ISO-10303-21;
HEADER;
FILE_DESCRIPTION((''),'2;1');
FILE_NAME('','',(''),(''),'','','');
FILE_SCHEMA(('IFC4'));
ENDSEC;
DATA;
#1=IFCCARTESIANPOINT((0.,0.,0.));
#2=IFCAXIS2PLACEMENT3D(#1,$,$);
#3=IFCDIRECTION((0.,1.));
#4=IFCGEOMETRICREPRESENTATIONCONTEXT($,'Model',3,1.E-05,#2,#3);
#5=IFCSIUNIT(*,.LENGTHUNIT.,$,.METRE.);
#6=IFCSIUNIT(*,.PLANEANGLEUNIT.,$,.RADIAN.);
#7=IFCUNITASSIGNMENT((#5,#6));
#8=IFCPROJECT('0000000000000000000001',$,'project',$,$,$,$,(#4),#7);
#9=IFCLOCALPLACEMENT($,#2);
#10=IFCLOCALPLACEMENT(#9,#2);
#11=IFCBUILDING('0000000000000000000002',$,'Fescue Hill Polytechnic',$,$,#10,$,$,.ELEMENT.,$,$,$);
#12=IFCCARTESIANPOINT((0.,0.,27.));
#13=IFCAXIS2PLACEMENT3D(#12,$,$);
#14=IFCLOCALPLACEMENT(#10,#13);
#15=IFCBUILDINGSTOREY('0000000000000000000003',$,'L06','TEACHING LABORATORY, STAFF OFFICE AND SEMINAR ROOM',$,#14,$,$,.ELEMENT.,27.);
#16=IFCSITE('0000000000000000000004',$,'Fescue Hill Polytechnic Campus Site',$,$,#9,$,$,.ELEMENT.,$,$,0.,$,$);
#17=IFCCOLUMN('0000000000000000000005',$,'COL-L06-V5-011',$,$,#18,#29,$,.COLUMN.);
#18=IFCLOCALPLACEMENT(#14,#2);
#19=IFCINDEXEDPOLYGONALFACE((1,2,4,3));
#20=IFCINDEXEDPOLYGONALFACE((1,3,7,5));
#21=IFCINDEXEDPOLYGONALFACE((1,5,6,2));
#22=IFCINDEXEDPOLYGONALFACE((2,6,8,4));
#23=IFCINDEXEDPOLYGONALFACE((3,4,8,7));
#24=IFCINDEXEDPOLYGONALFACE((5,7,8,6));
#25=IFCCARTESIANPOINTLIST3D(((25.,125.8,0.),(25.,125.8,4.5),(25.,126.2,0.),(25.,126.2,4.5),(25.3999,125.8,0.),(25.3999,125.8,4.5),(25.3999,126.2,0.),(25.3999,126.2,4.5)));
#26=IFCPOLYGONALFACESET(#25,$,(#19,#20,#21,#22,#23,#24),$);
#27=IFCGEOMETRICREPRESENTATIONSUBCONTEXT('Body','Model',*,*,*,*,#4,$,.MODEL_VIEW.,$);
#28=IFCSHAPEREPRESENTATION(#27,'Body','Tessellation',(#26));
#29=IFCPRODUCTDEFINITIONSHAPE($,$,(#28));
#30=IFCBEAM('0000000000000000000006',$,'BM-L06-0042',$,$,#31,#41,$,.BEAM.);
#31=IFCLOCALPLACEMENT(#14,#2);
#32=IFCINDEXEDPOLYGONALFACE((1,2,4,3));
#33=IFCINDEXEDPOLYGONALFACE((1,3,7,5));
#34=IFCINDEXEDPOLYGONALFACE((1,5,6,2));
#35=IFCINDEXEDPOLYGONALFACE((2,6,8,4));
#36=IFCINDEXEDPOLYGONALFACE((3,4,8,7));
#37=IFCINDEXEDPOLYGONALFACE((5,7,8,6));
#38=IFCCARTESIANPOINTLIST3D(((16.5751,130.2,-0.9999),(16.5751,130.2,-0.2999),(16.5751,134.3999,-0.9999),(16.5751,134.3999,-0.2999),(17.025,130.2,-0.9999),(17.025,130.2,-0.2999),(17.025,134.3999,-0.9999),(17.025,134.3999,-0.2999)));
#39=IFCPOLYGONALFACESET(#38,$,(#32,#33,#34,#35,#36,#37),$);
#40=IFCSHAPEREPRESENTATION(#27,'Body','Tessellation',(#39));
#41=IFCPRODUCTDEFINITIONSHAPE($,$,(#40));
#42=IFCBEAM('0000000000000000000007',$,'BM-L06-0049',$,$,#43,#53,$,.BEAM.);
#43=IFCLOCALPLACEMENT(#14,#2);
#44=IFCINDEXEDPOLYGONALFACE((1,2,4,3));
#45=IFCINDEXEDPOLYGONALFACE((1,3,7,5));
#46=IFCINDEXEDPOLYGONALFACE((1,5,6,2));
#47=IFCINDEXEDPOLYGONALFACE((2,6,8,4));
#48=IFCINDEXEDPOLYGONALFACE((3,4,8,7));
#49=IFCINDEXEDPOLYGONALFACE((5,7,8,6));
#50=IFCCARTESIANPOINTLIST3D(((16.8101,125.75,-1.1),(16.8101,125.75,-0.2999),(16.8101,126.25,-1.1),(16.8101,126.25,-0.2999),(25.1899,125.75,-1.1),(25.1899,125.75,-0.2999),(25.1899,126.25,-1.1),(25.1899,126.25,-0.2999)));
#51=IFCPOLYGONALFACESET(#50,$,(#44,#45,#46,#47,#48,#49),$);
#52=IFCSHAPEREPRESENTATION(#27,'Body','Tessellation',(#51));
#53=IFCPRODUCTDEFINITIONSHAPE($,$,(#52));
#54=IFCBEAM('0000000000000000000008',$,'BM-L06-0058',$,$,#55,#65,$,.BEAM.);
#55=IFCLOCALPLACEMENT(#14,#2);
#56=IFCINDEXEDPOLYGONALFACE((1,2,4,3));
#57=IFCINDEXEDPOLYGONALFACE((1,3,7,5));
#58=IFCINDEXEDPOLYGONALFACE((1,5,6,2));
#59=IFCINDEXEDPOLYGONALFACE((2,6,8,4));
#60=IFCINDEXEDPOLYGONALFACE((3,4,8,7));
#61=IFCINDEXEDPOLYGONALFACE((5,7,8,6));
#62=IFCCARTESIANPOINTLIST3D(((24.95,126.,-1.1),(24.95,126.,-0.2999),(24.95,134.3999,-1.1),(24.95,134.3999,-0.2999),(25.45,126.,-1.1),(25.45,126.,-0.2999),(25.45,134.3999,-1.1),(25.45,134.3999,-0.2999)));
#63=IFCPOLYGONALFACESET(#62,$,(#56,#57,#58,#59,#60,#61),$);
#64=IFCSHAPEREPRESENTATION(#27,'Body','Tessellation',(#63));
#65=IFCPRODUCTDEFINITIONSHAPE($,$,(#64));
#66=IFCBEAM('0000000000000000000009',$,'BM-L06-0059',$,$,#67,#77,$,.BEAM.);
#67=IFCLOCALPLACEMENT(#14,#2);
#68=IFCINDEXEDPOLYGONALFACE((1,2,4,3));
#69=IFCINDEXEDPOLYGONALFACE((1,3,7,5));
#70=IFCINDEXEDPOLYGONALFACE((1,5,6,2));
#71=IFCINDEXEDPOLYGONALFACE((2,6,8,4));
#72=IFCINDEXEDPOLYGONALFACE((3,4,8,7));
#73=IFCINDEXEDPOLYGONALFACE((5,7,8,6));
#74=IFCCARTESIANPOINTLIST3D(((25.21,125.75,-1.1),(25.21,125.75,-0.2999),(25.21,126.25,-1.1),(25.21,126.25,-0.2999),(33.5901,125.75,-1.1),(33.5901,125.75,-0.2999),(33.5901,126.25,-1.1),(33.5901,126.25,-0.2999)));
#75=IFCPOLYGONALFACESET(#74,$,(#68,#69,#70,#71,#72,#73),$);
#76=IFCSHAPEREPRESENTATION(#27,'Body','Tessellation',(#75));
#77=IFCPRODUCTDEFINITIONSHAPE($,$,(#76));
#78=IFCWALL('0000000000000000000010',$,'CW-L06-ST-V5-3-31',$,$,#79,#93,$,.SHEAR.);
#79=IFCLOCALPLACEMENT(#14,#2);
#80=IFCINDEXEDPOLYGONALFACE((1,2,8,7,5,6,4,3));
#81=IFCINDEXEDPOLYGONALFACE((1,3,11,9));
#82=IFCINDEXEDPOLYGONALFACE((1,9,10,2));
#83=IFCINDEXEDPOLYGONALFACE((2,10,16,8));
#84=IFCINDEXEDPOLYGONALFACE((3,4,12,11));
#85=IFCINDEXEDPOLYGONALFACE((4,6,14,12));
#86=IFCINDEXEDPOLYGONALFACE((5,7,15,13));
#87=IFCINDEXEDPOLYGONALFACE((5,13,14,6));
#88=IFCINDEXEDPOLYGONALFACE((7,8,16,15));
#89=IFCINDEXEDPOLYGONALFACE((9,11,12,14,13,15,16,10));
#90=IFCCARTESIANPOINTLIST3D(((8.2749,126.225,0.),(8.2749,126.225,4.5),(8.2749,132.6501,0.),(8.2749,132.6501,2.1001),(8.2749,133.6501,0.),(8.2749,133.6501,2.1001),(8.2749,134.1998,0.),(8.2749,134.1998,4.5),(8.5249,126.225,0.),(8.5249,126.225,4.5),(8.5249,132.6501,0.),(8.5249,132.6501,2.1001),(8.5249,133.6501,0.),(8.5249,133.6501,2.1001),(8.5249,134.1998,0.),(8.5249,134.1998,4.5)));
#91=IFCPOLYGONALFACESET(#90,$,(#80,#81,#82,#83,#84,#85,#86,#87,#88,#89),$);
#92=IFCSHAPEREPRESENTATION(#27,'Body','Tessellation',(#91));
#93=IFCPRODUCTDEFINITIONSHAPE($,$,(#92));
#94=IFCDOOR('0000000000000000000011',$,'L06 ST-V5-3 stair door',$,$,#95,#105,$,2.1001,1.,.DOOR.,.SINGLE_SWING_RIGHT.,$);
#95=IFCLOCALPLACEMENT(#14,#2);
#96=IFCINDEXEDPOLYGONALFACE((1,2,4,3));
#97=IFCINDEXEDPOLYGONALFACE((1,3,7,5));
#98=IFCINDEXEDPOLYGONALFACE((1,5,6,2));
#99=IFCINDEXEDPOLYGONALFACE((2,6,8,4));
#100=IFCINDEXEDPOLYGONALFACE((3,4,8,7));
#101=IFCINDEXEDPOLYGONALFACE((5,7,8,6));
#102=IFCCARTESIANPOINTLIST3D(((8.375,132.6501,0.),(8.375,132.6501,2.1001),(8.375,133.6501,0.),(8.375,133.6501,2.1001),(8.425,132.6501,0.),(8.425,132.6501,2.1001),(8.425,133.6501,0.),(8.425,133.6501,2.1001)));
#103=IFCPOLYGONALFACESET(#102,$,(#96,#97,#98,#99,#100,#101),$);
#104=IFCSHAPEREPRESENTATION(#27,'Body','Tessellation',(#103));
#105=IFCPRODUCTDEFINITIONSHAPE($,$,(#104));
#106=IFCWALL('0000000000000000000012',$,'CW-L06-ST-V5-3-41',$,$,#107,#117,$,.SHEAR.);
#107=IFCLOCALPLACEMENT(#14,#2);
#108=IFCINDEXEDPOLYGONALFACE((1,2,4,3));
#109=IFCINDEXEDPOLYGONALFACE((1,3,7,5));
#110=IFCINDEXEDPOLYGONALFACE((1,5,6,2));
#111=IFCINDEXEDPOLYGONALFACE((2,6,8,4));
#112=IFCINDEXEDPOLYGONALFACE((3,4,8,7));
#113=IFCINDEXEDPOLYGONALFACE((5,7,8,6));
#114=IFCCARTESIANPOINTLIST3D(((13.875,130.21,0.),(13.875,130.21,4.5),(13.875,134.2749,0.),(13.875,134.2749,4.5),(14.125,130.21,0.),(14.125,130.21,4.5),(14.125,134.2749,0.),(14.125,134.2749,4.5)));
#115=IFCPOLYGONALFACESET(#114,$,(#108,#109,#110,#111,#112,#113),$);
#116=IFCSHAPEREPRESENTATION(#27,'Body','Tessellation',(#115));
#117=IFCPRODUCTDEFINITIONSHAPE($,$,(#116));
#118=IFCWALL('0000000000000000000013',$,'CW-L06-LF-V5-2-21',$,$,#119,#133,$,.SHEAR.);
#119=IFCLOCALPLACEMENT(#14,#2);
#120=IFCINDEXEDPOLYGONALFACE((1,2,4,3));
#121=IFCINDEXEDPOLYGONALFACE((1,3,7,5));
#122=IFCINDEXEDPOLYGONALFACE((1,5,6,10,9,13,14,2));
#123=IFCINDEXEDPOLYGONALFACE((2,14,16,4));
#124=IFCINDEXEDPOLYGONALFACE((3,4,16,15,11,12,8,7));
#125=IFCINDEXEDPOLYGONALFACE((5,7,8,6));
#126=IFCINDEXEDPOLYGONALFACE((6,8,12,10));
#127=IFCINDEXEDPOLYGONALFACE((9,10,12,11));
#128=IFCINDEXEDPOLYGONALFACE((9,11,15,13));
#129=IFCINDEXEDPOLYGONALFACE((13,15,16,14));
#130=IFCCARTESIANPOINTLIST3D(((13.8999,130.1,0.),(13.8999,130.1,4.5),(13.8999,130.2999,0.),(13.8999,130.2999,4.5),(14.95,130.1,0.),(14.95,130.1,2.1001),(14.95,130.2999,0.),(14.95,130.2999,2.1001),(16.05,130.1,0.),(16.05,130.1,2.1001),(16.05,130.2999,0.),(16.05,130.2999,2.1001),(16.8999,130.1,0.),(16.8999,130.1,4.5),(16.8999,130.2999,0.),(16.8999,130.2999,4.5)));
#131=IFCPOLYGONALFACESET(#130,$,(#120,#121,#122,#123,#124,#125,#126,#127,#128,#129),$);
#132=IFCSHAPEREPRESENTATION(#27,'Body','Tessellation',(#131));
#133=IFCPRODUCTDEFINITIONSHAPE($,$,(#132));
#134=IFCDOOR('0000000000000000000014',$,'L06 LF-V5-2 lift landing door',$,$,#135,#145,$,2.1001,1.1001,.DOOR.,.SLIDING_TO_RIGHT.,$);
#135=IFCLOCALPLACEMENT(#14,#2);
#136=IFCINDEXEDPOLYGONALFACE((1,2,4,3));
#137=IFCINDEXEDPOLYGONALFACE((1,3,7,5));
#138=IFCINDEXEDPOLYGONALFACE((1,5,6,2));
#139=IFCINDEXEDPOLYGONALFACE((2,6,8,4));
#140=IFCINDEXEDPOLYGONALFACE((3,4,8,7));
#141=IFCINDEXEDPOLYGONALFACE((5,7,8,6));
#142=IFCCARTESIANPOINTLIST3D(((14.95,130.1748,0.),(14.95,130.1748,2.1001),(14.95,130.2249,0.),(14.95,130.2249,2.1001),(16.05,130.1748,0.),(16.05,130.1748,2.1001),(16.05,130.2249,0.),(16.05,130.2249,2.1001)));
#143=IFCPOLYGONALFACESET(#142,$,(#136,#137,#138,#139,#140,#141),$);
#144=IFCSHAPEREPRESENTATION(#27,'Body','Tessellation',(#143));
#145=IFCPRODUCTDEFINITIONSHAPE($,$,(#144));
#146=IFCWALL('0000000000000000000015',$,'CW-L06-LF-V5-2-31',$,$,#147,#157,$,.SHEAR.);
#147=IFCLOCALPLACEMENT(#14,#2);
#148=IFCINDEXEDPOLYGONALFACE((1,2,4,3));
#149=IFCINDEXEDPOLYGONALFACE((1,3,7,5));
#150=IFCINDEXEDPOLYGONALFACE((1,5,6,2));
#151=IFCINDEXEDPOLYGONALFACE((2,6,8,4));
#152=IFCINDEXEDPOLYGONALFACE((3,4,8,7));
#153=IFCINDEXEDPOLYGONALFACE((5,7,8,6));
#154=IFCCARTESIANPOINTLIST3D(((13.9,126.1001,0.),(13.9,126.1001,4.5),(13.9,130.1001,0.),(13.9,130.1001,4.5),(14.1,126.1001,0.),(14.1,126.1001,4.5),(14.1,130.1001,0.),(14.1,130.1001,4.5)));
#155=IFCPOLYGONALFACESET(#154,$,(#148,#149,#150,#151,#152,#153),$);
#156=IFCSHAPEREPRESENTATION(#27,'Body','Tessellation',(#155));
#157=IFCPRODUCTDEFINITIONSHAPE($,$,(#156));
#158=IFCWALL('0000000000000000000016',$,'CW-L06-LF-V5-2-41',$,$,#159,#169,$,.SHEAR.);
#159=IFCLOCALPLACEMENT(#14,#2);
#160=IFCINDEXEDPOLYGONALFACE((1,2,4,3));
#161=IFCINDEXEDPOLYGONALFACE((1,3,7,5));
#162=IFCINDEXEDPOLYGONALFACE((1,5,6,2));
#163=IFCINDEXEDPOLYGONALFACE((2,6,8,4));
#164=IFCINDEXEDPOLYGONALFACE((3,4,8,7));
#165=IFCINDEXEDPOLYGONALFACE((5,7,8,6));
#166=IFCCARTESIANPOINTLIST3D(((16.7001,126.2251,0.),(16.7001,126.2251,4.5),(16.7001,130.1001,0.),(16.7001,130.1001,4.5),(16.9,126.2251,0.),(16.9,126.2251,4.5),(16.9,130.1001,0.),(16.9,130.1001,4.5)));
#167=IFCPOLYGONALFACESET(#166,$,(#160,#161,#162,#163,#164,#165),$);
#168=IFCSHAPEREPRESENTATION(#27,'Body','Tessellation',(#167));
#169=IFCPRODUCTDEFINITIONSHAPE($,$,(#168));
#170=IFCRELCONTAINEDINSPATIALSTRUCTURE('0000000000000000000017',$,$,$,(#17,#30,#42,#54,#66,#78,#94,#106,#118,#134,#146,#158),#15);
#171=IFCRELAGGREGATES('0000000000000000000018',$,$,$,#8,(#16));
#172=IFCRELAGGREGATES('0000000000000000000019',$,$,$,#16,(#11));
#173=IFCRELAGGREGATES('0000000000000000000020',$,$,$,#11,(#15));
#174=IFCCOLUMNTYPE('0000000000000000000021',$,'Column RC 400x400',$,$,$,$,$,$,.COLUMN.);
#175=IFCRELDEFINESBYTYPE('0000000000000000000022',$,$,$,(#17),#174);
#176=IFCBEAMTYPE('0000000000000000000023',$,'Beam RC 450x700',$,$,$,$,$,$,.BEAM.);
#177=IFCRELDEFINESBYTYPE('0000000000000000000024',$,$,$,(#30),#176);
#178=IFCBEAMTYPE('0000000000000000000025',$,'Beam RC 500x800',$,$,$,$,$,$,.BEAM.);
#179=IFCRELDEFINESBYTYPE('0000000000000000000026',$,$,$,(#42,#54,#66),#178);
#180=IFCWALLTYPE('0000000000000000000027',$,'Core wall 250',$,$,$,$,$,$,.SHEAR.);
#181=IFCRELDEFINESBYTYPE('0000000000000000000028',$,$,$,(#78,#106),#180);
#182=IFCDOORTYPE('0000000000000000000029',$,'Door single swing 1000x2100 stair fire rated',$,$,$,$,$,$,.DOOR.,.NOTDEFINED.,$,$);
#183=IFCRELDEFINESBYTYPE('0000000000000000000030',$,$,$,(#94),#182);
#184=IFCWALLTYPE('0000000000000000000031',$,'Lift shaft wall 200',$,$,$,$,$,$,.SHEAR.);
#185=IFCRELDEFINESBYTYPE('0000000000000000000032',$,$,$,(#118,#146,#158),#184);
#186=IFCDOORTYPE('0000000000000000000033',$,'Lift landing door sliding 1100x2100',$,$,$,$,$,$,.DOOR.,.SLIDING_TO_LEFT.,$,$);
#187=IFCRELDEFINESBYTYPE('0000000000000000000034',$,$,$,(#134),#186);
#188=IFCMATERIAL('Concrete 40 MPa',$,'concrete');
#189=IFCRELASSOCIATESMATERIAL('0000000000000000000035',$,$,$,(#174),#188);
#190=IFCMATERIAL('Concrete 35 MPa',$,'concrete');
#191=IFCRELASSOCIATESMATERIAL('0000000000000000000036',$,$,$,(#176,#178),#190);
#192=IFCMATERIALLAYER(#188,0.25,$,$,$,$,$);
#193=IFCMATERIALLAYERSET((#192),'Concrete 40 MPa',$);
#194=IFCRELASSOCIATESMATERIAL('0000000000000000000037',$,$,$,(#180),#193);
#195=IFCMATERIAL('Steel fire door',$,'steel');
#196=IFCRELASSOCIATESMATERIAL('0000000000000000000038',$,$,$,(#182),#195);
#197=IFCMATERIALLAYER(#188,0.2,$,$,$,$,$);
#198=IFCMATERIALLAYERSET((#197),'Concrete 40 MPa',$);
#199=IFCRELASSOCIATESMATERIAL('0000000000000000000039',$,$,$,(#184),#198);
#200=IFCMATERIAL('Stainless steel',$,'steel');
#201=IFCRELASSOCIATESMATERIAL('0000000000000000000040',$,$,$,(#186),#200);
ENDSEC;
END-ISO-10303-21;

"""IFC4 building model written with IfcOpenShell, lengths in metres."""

from ifc_helpers import new_model, si_unit, direction, frame, frame_2d, origin, origin_2d, place, context, subcontext, project, spatial, rectangle, extrude, material, layer, layer_set, material_profile, profile_set, type_object, element, fill, save


model = new_model("IFC4")

# Units and contexts
model_context = context("Model", 3, precision=1e-05, world=origin(), true_north=direction((0.0, 1.0)))
body_context = subcontext(model_context, "Body", "Model", "MODEL_VIEW")
ifc_project = project(units=[si_unit("LENGTHUNIT", "METRE"), si_unit("PLANEANGLEUNIT", "RADIAN")], contexts=[model_context])

# Site, building, storey
site_placement = place(None, origin())
site = spatial("IfcSite", under=ifc_project, at=site_placement, Name="Fescue Hill Polytechnic Campus Site", CompositionType="ELEMENT", RefElevation=0.0)
building_placement = place(site_placement, origin())
building = spatial("IfcBuilding", under=site, at=building_placement, Name="Fescue Hill Polytechnic", CompositionType="ELEMENT")
storey_placement = place(building_placement, frame((0.0, 0.0, 27.0)))
storey = spatial("IfcBuildingStorey", under=building, at=storey_placement, Name="L06", Description="TEACHING LABORATORY, STAFF OFFICE AND SEMINAR ROOM", CompositionType="ELEMENT", Elevation=27.0)

# Column
ifc_material_1 = material(Name="Concrete 40 MPa", Category="concrete")
ifc_material_profile_1 = material_profile(ifc_material_1, rectangle(XDim=0.3999, YDim=0.3999, at=origin_2d()), Name="RC 400x400")
ifc_profile_set_1 = profile_set([ifc_material_profile_1], Name="Concrete 40 MPa")
column_type = type_object("IfcColumnType", Name="Column RC 400x400", PredefinedType="COLUMN", material=ifc_profile_set_1)
column_placement = place(storey_placement, frame((25.2, 126.0, 0.0), z_axis=(0.0, 0.0, 1.0), x_axis=(1.0, 0.0, 0.0)))
element("IfcColumn", 1, at=column_placement, inside=storey, type_object=column_type, Name="COL-L06-V5-011", PredefinedType="COLUMN", context=body_context, shape_type="SweptSolid", body=[
    extrude(rectangle(XDim=0.3999, YDim=0.3999, at=origin_2d()), origin(), (0.0, 0.0, 1.0), 4.5),
])

# Beams
ifc_material_2 = material(Name="Concrete 35 MPa", Category="concrete")
ifc_material_profile_2 = material_profile(ifc_material_2, rectangle(XDim=0.45, YDim=0.7, at=origin_2d()), Name="RC 450x700")
ifc_profile_set_2 = profile_set([ifc_material_profile_2], Name="Concrete 35 MPa")
beam_type_1 = type_object("IfcBeamType", Name="Beam RC 450x700", PredefinedType="BEAM", material=ifc_profile_set_2)
beam_1_placement = place(storey_placement, frame((16.8, 130.2, -0.6499), z_axis=(0.0, 1.0, 0.0), x_axis=(-1.0, 0.0, 0.0)))
element("IfcBeam", 2, at=beam_1_placement, inside=storey, type_object=beam_type_1, Name="BM-L06-0042", PredefinedType="BEAM", context=body_context, shape_type="SweptSolid", body=[
    extrude(rectangle(XDim=0.45, YDim=0.7, at=origin_2d()), origin(), (0.0, 0.0, 1.0), 4.2),
])
ifc_material_profile_3 = material_profile(ifc_material_2, rectangle(XDim=0.5, YDim=0.8, at=origin_2d()), Name="RC 500x800")
ifc_profile_set_3 = profile_set([ifc_material_profile_3], Name="Concrete 35 MPa")
beam_type_2 = type_object("IfcBeamType", Name="Beam RC 500x800", PredefinedType="BEAM", material=ifc_profile_set_3)
beam_2_placement = place(storey_placement, frame((16.8101, 126.0, -0.7), z_axis=(1.0, 0.0, 0.0), x_axis=(0.0, 1.0, 0.0)))
element("IfcBeam", 3, at=beam_2_placement, inside=storey, type_object=beam_type_2, Name="BM-L06-0049", PredefinedType="BEAM", context=body_context, shape_type="SweptSolid", body=[
    extrude(rectangle(XDim=0.5, YDim=0.8, at=origin_2d()), origin(), (0.0, 0.0, 1.0), 8.3799),
])
beam_3_placement = place(storey_placement, frame((25.2, 126.0, -0.7), z_axis=(0.0, 1.0, 0.0), x_axis=(-1.0, 0.0, 0.0)))
element("IfcBeam", 4, at=beam_3_placement, inside=storey, type_object=beam_type_2, Name="BM-L06-0058", PredefinedType="BEAM", context=body_context, shape_type="SweptSolid", body=[
    extrude(rectangle(XDim=0.5, YDim=0.8, at=origin_2d()), origin(), (0.0, 0.0, 1.0), 8.3999),
])
beam_4_placement = place(storey_placement, frame((25.21, 126.0, -0.7), z_axis=(1.0, 0.0, 0.0), x_axis=(0.0, 1.0, 0.0)))
element("IfcBeam", 5, at=beam_4_placement, inside=storey, type_object=beam_type_2, Name="BM-L06-0059", PredefinedType="BEAM", context=body_context, shape_type="SweptSolid", body=[
    extrude(rectangle(XDim=0.5, YDim=0.8, at=origin_2d()), origin(), (0.0, 0.0, 1.0), 8.3801),
])

# Wall, opening, door
ifc_layer_1 = layer(ifc_material_1, 0.25)
ifc_layer_set_1 = layer_set([ifc_layer_1], Name="Concrete 40 MPa")
wall_type_1 = type_object("IfcWallType", Name="Core wall 250", PredefinedType="SHEAR", material=ifc_layer_set_1)
wall_1_placement = place(storey_placement, frame((8.3999, 126.2251, 0.0), z_axis=(0.0, 0.0, 1.0), x_axis=(0.0, 1.0, 0.0)))
wall_1 = element("IfcWall", 6, at=wall_1_placement, inside=storey, type_object=wall_type_1, Name="CW-L06-ST-V5-3-31", PredefinedType="SHEAR", context=body_context, shape_type="SweptSolid", body=[
    extrude(rectangle(XDim=7.9749, YDim=0.25, at=frame_2d((3.9873, 0.0))), origin(), (0.0, 0.0, 1.0), 4.5),
])
opening_1_placement = place(wall_1_placement, frame((6.425, 0.0, 0.0)))
opening_1 = element("IfcOpeningElement", 7, at=opening_1_placement, cuts=wall_1, PredefinedType="OPENING", context=body_context, shape_type="SweptSolid", body=[
    extrude(rectangle(XDim=1.0, YDim=2.1001, at=frame_2d((0.5, 1.05))), frame((0.0, 0.135, 0.0), z_axis=(0.0, -1.0, 0.0), x_axis=(1.0, 0.0, 0.0)), (0.0, 0.0, 1.0), 0.27),
])
ifc_material_3 = material(Name="Steel fire door", Category="steel")
door_type_1 = type_object("IfcDoorType", Name="Door single swing 1000x2100 stair fire rated", OperationType="NOTDEFINED", PredefinedType="DOOR", material=ifc_material_3)
door_1_placement = place(opening_1_placement, origin())
door_1 = element("IfcDoor", 8, at=door_1_placement, inside=storey, type_object=door_type_1, Name="L06 ST-V5-3 stair door", OperationType="SINGLE_SWING_RIGHT", OverallHeight=2.1001, OverallWidth=1.0, PredefinedType="DOOR", context=body_context, shape_type="SweptSolid", body=[
    extrude(rectangle(XDim=1.0, YDim=2.1001, at=frame_2d((0.5, 1.05))), frame((0.0, 0.0249, 0.0), z_axis=(0.0, -1.0, 0.0), x_axis=(1.0, 0.0, 0.0)), (0.0, 0.0, 1.0), 0.05),
])
fill(opening_1, door_1)

# Wall
wall_2_placement = place(storey_placement, frame((14.0, 130.21, 0.0), z_axis=(0.0, 0.0, 1.0), x_axis=(0.0, 1.0, 0.0)))
element("IfcWall", 9, at=wall_2_placement, inside=storey, type_object=wall_type_1, Name="CW-L06-ST-V5-3-41", PredefinedType="SHEAR", context=body_context, shape_type="SweptSolid", body=[
    extrude(rectangle(XDim=4.0649, YDim=0.25, at=frame_2d((2.0325, 0.0))), origin(), (0.0, 0.0, 1.0), 4.5),
])

# Wall, opening, door
ifc_layer_2 = layer(ifc_material_1, 0.2)
ifc_layer_set_2 = layer_set([ifc_layer_2], Name="Concrete 40 MPa")
wall_type_2 = type_object("IfcWallType", Name="Lift shaft wall 200", PredefinedType="SHEAR", material=ifc_layer_set_2)
wall_3_placement = place(storey_placement, frame((13.8999, 130.2, 0.0), z_axis=(0.0, 0.0, 1.0), x_axis=(1.0, 0.0, 0.0)))
wall_3 = element("IfcWall", 10, at=wall_3_placement, inside=storey, type_object=wall_type_2, Name="CW-L06-LF-V5-2-21", PredefinedType="SHEAR", context=body_context, shape_type="SweptSolid", body=[
    extrude(rectangle(XDim=3.0, YDim=0.2, at=frame_2d((1.5, 0.0))), origin(), (0.0, 0.0, 1.0), 4.5),
])
opening_2_placement = place(wall_3_placement, frame((1.05, 0.0, 0.0)))
opening_2 = element("IfcOpeningElement", 11, at=opening_2_placement, cuts=wall_3, PredefinedType="OPENING", context=body_context, shape_type="SweptSolid", body=[
    extrude(rectangle(XDim=1.1001, YDim=2.1001, at=frame_2d((0.55, 1.05))), frame((0.0, 0.1099, 0.0), z_axis=(0.0, -1.0, 0.0), x_axis=(1.0, 0.0, 0.0)), (0.0, 0.0, 1.0), 0.22),
])
ifc_material_4 = material(Name="Stainless steel", Category="steel")
door_type_2 = type_object("IfcDoorType", Name="Lift landing door sliding 1100x2100", OperationType="SLIDING_TO_LEFT", PredefinedType="DOOR", material=ifc_material_4)
door_2_placement = place(opening_2_placement, origin())
door_2 = element("IfcDoor", 12, at=door_2_placement, inside=storey, type_object=door_type_2, Name="L06 LF-V5-2 lift landing door", OperationType="SLIDING_TO_RIGHT", OverallHeight=2.1001, OverallWidth=1.1001, PredefinedType="DOOR", context=body_context, shape_type="SweptSolid", body=[
    extrude(rectangle(XDim=1.1001, YDim=2.1001, at=frame_2d((0.55, 1.05))), frame((0.0, 0.0249, 0.0), z_axis=(0.0, -1.0, 0.0), x_axis=(1.0, 0.0, 0.0)), (0.0, 0.0, 1.0), 0.05),
])
fill(opening_2, door_2)

# Walls
wall_4_placement = place(storey_placement, frame((14.0, 126.1001, 0.0), z_axis=(0.0, 0.0, 1.0), x_axis=(0.0, 1.0, 0.0)))
element("IfcWall", 13, at=wall_4_placement, inside=storey, type_object=wall_type_2, Name="CW-L06-LF-V5-2-31", PredefinedType="SHEAR", context=body_context, shape_type="SweptSolid", body=[
    extrude(rectangle(XDim=4.0, YDim=0.2, at=frame_2d((2.0, 0.0))), origin(), (0.0, 0.0, 1.0), 4.5),
])
wall_5_placement = place(storey_placement, frame((16.8, 126.2251, 0.0), z_axis=(0.0, 0.0, 1.0), x_axis=(0.0, 1.0, 0.0)))
element("IfcWall", 14, at=wall_5_placement, inside=storey, type_object=wall_type_2, Name="CW-L06-LF-V5-2-41", PredefinedType="SHEAR", context=body_context, shape_type="SweptSolid", body=[
    extrude(rectangle(XDim=3.875, YDim=0.2, at=frame_2d((1.9375, 0.0))), origin(), (0.0, 0.0, 1.0), 4.5),
])

save(model, "model.ifc")
